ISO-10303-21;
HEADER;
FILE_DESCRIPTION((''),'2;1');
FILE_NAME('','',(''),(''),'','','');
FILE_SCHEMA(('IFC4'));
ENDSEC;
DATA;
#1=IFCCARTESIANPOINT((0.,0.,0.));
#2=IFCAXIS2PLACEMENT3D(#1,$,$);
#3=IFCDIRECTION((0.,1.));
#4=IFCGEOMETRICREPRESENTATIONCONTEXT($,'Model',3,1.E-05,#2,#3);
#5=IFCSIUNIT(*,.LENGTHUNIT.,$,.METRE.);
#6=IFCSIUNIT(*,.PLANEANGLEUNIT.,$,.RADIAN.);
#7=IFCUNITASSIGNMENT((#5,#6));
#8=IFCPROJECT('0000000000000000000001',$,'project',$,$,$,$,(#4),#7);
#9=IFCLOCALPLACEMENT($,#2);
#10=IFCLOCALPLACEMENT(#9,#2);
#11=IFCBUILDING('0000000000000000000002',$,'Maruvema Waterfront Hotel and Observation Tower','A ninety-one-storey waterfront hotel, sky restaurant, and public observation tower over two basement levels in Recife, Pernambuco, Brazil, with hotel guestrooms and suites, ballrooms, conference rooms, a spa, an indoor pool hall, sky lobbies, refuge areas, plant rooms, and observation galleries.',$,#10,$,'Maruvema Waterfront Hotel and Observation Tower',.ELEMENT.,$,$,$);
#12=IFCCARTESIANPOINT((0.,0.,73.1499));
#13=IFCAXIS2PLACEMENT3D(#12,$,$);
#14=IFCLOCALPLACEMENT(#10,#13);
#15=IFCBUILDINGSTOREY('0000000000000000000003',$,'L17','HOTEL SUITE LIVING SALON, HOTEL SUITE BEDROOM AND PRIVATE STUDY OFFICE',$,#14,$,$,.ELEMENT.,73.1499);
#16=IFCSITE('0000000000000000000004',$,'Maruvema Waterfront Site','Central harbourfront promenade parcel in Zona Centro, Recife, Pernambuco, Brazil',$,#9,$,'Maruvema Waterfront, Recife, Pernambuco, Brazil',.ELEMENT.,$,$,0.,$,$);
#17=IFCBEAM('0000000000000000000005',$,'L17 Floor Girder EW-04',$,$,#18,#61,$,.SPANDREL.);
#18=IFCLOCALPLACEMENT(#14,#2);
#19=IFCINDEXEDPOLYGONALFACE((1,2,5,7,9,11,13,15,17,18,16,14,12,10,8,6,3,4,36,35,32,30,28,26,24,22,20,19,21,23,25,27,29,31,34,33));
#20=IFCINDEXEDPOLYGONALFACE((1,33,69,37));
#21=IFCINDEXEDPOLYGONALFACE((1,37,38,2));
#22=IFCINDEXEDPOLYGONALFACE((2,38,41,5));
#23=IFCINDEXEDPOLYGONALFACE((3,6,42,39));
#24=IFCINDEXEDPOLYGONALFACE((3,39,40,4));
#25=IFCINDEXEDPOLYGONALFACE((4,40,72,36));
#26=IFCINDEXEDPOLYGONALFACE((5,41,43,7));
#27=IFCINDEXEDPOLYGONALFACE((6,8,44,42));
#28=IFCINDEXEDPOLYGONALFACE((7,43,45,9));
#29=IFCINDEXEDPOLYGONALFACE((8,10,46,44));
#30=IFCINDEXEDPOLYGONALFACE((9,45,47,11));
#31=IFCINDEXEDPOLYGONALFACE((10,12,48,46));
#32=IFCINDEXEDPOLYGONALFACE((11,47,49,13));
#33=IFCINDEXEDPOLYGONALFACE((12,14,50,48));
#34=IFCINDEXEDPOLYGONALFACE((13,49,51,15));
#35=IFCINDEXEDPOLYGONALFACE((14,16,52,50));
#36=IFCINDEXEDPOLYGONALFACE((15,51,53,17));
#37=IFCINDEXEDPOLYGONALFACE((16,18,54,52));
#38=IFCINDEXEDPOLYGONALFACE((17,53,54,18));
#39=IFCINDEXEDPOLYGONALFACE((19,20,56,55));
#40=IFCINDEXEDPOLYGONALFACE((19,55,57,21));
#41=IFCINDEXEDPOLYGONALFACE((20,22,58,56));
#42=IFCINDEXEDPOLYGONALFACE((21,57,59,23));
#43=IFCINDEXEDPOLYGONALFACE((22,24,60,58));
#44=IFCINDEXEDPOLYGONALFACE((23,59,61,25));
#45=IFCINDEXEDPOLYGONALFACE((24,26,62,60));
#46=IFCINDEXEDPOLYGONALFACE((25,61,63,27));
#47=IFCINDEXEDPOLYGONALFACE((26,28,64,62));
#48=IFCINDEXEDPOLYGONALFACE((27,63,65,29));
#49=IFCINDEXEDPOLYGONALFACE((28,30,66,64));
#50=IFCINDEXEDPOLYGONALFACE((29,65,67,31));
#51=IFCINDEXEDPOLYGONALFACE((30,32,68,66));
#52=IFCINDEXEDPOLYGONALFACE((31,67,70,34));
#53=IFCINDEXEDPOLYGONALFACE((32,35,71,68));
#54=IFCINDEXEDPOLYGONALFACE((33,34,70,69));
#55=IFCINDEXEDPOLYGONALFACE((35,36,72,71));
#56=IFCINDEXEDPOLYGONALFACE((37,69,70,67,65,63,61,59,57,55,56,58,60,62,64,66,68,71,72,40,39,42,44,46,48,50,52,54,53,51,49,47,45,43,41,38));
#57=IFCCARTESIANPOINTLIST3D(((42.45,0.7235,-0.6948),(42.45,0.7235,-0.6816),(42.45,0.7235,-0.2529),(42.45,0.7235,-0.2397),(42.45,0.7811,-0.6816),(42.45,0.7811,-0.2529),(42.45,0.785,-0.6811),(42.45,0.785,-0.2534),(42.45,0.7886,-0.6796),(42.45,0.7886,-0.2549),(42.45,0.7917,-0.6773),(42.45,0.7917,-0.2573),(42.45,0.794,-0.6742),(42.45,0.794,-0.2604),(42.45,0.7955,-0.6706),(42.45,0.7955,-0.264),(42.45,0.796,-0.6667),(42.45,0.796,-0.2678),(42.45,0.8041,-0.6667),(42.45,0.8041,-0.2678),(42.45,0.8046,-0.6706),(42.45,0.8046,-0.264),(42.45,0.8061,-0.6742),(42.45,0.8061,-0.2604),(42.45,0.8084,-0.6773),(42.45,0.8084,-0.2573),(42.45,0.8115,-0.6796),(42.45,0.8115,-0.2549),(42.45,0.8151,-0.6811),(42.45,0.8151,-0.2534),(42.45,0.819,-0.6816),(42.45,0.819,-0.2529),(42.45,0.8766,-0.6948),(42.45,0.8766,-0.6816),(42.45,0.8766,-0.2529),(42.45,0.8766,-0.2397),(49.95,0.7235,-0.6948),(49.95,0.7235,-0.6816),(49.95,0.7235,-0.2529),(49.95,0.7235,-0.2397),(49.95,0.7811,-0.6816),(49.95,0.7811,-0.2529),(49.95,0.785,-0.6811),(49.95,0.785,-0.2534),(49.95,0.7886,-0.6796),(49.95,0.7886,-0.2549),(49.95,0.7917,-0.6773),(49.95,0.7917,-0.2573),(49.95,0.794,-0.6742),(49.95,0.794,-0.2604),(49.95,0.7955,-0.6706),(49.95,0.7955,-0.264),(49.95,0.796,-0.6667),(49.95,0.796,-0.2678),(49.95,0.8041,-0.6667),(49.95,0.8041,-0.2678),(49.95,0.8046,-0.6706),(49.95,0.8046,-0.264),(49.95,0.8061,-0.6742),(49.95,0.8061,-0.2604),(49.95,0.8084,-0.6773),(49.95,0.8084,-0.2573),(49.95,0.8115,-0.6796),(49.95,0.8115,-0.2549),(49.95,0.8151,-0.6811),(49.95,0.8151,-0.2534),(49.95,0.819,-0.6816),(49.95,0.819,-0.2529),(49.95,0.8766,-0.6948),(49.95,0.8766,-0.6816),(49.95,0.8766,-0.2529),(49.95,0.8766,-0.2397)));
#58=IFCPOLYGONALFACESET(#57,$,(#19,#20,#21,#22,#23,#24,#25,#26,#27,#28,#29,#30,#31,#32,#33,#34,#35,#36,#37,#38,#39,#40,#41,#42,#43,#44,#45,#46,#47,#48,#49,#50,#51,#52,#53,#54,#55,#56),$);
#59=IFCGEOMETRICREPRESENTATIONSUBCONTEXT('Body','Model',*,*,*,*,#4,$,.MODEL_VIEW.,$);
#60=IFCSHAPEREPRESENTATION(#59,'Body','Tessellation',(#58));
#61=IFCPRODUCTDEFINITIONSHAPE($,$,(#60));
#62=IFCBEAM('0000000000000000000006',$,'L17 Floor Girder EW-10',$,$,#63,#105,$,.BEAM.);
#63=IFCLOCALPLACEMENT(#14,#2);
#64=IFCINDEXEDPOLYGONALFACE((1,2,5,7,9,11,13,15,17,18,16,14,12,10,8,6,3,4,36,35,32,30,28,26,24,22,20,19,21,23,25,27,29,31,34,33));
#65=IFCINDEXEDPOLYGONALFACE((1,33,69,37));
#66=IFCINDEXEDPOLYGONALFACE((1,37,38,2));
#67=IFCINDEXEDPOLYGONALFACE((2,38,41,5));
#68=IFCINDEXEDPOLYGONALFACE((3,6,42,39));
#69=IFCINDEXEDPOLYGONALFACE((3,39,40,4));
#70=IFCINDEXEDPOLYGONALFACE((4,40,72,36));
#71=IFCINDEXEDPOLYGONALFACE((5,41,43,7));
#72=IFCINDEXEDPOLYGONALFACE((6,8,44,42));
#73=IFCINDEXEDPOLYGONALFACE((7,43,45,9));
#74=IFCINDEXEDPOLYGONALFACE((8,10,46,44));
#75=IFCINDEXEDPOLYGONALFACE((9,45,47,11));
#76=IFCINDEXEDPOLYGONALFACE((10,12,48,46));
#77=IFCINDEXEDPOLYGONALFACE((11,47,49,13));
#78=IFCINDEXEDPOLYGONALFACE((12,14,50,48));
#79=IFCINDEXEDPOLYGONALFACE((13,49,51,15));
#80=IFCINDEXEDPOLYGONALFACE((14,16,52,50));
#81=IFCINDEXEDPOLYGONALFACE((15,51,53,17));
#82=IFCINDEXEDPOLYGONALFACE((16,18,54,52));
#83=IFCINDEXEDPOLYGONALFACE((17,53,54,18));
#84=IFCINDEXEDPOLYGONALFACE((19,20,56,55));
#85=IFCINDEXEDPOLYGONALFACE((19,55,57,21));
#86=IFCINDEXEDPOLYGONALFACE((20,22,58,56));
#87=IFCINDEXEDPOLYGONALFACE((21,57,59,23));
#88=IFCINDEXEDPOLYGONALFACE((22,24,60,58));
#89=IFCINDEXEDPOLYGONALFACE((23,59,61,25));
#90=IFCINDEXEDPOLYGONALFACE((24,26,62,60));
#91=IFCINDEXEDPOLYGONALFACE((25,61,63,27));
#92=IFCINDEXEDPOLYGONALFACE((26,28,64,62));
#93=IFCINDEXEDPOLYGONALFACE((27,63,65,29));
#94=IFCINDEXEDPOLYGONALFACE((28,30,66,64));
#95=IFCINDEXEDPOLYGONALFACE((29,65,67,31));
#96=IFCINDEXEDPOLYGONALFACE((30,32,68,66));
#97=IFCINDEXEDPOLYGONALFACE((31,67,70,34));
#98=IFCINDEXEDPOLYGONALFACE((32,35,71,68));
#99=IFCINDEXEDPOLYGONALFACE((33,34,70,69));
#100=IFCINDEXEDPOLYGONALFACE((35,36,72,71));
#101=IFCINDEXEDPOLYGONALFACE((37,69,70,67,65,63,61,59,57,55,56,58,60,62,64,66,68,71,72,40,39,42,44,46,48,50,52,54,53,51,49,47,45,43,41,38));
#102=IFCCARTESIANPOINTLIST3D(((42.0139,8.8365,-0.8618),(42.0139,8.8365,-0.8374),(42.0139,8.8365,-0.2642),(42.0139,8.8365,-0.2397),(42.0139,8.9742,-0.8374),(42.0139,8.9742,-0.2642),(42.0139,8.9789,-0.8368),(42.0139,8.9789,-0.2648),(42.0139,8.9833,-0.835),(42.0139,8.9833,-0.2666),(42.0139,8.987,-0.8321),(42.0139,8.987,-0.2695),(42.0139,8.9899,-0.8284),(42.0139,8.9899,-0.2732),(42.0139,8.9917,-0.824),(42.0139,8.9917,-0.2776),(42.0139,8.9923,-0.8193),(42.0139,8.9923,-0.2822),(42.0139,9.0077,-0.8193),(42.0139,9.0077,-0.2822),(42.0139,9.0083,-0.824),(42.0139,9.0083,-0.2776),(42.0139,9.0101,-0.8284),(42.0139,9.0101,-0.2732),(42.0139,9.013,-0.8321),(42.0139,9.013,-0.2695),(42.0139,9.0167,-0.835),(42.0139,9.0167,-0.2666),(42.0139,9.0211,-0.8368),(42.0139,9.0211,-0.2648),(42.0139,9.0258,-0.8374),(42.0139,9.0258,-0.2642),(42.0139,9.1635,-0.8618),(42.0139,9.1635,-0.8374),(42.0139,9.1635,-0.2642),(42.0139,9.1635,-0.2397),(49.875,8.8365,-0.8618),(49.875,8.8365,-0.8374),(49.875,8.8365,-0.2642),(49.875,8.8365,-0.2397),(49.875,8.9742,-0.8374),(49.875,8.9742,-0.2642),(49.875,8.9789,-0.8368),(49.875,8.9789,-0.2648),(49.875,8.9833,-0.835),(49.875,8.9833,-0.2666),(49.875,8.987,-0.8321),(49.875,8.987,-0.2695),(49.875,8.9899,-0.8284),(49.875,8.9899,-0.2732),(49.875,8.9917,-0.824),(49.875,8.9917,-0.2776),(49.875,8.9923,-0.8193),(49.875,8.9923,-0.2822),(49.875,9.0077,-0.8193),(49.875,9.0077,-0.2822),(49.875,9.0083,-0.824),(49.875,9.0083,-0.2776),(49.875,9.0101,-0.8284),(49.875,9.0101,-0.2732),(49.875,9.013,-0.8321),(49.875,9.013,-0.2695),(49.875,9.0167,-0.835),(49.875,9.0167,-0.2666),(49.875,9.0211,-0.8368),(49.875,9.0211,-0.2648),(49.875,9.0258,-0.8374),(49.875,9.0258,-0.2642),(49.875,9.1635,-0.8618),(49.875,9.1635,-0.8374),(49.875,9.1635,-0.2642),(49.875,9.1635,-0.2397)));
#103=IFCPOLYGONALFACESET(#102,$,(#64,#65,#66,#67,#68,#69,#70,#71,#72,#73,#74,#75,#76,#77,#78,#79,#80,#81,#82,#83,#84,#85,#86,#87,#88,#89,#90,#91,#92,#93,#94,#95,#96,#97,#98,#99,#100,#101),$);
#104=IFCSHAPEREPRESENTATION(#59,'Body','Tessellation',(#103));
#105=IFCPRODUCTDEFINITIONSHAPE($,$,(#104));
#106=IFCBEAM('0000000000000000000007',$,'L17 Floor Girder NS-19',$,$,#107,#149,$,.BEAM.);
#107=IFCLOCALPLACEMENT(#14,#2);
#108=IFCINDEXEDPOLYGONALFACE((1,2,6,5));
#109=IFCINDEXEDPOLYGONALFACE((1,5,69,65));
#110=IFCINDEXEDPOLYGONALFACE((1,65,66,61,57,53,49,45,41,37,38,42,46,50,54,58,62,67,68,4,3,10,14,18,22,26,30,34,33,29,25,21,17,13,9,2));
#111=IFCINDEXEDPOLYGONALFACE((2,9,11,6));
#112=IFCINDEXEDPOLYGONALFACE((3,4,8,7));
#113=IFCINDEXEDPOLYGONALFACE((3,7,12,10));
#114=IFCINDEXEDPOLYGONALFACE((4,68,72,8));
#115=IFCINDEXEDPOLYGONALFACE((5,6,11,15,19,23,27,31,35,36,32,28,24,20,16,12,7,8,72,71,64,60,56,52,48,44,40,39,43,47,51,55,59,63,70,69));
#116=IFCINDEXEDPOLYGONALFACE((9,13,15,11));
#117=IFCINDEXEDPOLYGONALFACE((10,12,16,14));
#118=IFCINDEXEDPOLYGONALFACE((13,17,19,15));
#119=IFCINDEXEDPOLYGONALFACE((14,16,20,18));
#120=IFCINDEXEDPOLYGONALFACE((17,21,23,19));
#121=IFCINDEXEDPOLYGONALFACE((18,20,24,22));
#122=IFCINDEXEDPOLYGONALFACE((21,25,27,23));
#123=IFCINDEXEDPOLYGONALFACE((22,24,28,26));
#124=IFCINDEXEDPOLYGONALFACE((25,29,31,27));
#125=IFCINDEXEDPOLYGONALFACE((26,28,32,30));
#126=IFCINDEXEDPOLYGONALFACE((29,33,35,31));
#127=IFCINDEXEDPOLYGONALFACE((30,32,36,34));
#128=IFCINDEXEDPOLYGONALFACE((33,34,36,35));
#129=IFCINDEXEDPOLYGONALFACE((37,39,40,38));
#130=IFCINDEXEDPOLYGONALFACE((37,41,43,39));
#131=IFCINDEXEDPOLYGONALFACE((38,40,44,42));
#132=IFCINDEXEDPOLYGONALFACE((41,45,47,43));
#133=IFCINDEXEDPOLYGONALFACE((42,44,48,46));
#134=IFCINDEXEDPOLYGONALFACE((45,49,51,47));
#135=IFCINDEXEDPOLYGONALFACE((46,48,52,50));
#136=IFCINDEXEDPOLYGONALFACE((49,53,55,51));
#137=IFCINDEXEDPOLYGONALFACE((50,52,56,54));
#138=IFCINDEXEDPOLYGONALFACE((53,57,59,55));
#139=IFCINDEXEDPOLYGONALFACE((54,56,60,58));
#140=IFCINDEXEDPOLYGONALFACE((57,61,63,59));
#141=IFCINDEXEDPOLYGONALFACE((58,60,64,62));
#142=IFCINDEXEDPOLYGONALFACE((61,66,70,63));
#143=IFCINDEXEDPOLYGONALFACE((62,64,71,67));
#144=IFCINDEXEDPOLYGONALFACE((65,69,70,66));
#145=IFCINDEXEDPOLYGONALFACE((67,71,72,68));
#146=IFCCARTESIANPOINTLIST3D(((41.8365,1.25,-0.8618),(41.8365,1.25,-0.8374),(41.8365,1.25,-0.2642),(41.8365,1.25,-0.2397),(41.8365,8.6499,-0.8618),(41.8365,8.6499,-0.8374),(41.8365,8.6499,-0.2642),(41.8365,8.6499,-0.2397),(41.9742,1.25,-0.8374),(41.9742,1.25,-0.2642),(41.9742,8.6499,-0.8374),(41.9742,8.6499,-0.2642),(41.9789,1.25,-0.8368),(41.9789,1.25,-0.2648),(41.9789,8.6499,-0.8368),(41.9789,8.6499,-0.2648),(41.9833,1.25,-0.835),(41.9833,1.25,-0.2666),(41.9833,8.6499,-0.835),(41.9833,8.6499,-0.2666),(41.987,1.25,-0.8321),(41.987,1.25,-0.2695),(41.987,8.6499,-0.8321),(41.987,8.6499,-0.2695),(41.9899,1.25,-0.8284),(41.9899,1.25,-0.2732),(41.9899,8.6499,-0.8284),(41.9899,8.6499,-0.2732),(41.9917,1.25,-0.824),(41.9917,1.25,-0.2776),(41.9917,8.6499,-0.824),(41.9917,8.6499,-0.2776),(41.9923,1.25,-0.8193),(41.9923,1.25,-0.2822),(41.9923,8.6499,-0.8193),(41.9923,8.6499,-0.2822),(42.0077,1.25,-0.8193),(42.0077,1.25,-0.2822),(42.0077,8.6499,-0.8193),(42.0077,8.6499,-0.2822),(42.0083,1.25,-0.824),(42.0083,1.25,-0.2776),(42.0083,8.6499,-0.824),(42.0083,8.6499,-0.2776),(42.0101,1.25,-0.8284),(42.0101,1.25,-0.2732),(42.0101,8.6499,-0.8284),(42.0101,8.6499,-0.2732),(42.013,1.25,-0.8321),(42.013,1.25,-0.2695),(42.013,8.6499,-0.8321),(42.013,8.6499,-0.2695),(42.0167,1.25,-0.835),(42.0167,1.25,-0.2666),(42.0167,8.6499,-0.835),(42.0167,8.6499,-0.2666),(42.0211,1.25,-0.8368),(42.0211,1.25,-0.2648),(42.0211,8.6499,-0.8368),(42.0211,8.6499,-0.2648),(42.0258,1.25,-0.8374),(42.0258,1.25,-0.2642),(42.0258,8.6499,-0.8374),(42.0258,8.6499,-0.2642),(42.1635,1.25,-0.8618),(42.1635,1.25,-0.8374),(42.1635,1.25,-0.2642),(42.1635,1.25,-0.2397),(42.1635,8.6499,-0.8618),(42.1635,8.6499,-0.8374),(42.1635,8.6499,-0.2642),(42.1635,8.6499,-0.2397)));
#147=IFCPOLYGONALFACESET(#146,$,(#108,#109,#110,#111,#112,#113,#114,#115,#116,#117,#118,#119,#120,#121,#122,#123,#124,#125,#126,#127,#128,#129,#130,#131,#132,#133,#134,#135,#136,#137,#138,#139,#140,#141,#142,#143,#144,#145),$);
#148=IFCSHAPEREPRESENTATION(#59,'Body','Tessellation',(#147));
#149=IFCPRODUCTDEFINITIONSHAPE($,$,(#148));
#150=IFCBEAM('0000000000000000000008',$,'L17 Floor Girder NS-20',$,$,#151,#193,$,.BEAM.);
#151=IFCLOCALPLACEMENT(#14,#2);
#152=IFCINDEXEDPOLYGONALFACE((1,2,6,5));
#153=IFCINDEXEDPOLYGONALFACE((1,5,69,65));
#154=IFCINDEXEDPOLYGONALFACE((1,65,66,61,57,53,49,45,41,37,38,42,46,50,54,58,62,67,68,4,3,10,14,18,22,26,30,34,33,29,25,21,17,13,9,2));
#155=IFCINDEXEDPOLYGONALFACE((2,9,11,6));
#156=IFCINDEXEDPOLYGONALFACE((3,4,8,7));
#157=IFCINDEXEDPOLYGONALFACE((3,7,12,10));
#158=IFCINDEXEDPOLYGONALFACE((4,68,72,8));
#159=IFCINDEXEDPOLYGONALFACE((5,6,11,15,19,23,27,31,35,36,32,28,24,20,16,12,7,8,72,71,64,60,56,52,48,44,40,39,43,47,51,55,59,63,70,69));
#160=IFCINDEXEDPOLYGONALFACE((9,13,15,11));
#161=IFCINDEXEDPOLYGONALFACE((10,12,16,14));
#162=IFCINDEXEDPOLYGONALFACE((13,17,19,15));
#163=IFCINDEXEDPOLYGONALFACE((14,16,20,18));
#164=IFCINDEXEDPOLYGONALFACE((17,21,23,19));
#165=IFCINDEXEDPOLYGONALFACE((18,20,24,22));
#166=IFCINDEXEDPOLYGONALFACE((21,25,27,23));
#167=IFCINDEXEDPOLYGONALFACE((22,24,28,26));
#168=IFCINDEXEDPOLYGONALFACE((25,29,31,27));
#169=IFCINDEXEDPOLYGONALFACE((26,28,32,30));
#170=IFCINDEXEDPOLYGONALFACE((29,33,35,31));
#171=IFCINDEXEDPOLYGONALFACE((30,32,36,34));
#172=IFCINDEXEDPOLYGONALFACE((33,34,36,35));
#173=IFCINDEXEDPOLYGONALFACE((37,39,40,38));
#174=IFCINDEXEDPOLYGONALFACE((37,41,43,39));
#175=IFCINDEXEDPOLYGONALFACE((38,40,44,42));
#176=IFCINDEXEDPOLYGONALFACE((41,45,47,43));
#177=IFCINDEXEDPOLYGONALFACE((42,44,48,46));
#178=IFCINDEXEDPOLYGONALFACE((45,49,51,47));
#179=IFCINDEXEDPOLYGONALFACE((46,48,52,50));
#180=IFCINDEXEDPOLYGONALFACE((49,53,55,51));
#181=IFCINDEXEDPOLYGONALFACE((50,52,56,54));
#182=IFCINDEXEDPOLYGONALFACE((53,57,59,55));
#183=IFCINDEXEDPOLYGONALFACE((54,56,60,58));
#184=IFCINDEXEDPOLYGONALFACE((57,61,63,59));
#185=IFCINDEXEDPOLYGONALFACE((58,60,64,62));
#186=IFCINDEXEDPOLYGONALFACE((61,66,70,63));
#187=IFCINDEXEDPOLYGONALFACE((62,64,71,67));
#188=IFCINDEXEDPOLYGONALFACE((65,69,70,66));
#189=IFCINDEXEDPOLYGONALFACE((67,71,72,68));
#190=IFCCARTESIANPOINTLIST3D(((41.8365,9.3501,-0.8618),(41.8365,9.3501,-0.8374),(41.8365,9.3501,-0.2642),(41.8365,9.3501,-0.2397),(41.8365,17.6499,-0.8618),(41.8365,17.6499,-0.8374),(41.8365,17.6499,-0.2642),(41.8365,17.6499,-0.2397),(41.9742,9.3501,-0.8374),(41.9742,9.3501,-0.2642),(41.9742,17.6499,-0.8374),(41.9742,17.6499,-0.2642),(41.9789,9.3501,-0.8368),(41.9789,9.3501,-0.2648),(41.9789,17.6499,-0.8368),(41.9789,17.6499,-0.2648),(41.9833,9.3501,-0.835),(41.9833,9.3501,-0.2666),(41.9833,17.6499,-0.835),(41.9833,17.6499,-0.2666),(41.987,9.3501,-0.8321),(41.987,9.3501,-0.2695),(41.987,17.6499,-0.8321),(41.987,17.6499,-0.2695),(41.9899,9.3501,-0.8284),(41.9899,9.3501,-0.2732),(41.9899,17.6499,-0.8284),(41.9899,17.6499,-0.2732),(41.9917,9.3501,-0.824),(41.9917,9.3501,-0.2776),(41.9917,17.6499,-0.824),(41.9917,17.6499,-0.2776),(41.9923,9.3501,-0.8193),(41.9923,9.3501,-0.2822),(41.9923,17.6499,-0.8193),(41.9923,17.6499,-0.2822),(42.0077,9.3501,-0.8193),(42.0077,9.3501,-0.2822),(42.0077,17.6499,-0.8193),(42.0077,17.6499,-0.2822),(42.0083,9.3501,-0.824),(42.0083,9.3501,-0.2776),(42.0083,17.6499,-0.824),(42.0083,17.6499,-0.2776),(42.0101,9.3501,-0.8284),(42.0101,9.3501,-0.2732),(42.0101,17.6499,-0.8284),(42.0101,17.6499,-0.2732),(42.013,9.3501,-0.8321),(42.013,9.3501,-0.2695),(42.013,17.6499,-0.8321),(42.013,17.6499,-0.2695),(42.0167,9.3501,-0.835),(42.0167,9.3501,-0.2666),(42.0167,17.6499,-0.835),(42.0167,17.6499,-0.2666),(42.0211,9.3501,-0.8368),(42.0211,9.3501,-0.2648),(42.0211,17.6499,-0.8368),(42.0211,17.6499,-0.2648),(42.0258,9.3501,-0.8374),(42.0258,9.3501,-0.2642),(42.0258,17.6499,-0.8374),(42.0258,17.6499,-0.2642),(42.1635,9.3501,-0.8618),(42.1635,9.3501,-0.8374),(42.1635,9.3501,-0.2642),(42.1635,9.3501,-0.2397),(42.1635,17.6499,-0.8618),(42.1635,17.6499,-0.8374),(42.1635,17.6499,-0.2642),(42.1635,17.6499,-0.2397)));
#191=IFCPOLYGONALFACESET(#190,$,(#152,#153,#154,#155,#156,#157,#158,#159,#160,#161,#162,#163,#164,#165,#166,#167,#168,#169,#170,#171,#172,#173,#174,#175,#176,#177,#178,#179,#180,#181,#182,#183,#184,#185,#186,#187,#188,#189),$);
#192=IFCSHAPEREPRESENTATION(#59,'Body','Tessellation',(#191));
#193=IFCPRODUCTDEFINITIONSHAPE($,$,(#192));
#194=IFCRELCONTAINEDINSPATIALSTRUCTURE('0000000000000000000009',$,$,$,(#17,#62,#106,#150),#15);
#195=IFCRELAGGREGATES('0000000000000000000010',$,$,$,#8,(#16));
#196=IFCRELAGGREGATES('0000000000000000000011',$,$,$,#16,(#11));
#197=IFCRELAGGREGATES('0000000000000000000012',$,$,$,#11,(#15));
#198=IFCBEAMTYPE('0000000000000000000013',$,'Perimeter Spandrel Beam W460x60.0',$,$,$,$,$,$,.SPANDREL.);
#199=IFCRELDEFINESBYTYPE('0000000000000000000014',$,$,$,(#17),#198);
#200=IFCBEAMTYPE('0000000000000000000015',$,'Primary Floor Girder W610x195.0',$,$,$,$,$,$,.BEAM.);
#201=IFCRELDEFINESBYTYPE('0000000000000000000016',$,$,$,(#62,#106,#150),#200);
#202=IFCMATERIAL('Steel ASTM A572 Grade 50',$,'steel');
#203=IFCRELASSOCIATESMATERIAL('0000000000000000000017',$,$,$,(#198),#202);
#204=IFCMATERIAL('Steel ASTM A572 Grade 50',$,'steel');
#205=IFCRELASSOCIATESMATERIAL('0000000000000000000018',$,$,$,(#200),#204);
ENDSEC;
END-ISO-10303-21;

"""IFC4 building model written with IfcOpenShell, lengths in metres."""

from ifc_helpers import new_model, si_unit, direction, frame, origin, origin_2d, place, context, subcontext, project, spatial, i_section, extrude, material, material_profile, profile_set, type_object, element, save


model = new_model("IFC4")

# Units and contexts
model_context = context("Model", 3, precision=1e-05, world=origin(), true_north=direction((0.0, 1.0)))
body_context = subcontext(model_context, "Body", "Model", "MODEL_VIEW")
ifc_project = project(units=[si_unit("LENGTHUNIT", "METRE"), si_unit("PLANEANGLEUNIT", "RADIAN")], contexts=[model_context])

# Site, building, storey
site_placement = place(None, origin())
site = spatial("IfcSite", under=ifc_project, at=site_placement, Name="Maruvema Waterfront Site", Description="Central harbourfront promenade parcel in Zona Centro, Recife, Pernambuco, Brazil", LongName="Maruvema Waterfront, Recife, Pernambuco, Brazil", CompositionType="ELEMENT", RefElevation=0.0)
building_placement = place(site_placement, origin())
building = spatial("IfcBuilding", under=site, at=building_placement, Name="Maruvema Waterfront Hotel and Observation Tower", Description="A ninety-one-storey waterfront hotel, sky restaurant, and public observation tower over two basement levels in Recife, Pernambuco, Brazil, with hotel guestrooms and suites, ballrooms, conference rooms, a spa, an indoor pool hall, sky lobbies, refuge areas, plant rooms, and observation galleries.", LongName="Maruvema Waterfront Hotel and Observation Tower", CompositionType="ELEMENT")
storey_placement = place(building_placement, frame((0.0, 0.0, 73.1499)))
storey = spatial("IfcBuildingStorey", under=building, at=storey_placement, Name="L17", Description="HOTEL SUITE LIVING SALON, HOTEL SUITE BEDROOM AND PRIVATE STUDY OFFICE", CompositionType="ELEMENT", Elevation=73.1499)

# Beams
ifc_material_1 = material(Name="Steel ASTM A572 Grade 50", Category="steel")
ifc_material_profile_1 = material_profile(ifc_material_1, i_section(OverallWidth=0.1531, OverallDepth=0.4551, WebThickness=0.0081, FlangeThickness=0.0132, FilletRadius=0.0149, at=origin_2d()), Name="W460x60.0")
ifc_profile_set_1 = profile_set([ifc_material_profile_1], Name="Steel ASTM A572 Grade 50")
beam_type_1 = type_object("IfcBeamType", Name="Perimeter Spandrel Beam W460x60.0", PredefinedType="SPANDREL", material=ifc_profile_set_1)
beam_1_placement = place(storey_placement, frame((42.45, 0.8, -0.4673), z_axis=(1.0, 0.0, 0.0), x_axis=(0.0, 1.0, 0.0)))
element("IfcBeam", 1, at=beam_1_placement, inside=storey, type_object=beam_type_1, Name="L17 Floor Girder EW-04", PredefinedType="SPANDREL", context=body_context, shape_type="SweptSolid", body=[
    extrude(i_section(OverallWidth=0.1531, OverallDepth=0.4551, WebThickness=0.0081, FlangeThickness=0.0132, FilletRadius=0.0149, at=origin_2d()), origin(), (0.0, 0.0, 1.0), 7.5),
])
ifc_material_2 = material(Name="Steel ASTM A572 Grade 50", Category="steel")
ifc_material_profile_2 = material_profile(ifc_material_2, i_section(OverallWidth=0.3269, OverallDepth=0.6221, WebThickness=0.0154, FlangeThickness=0.0244, FilletRadius=0.0181, at=origin_2d()), Name="W610x195.0")
ifc_profile_set_2 = profile_set([ifc_material_profile_2], Name="Steel ASTM A572 Grade 50")
beam_type_2 = type_object("IfcBeamType", Name="Primary Floor Girder W610x195.0", PredefinedType="BEAM", material=ifc_profile_set_2)
beam_2_placement = place(storey_placement, frame((42.0139, 9.0, -0.5508), z_axis=(1.0, 0.0, 0.0), x_axis=(0.0, 1.0, 0.0)))
element("IfcBeam", 2, at=beam_2_placement, inside=storey, type_object=beam_type_2, Name="L17 Floor Girder EW-10", PredefinedType="BEAM", context=body_context, shape_type="SweptSolid", body=[
    extrude(i_section(OverallWidth=0.3269, OverallDepth=0.6221, WebThickness=0.0154, FlangeThickness=0.0244, FilletRadius=0.0181, at=origin_2d()), origin(), (0.0, 0.0, 1.0), 7.8611),
])
beam_3_placement = place(storey_placement, frame((42.0, 1.25, -0.5508), z_axis=(0.0, 1.0, 0.0), x_axis=(-1.0, 0.0, 0.0)))
element("IfcBeam", 3, at=beam_3_placement, inside=storey, type_object=beam_type_2, Name="L17 Floor Girder NS-19", PredefinedType="BEAM", context=body_context, shape_type="SweptSolid", body=[
    extrude(i_section(OverallWidth=0.3269, OverallDepth=0.6221, WebThickness=0.0154, FlangeThickness=0.0244, FilletRadius=0.0181, at=origin_2d()), origin(), (0.0, 0.0, 1.0), 7.3999),
])
beam_4_placement = place(storey_placement, frame((42.0, 9.3501, -0.5508), z_axis=(0.0, 1.0, 0.0), x_axis=(-1.0, 0.0, 0.0)))
element("IfcBeam", 4, at=beam_4_placement, inside=storey, type_object=beam_type_2, Name="L17 Floor Girder NS-20", PredefinedType="BEAM", context=body_context, shape_type="SweptSolid", body=[
    extrude(i_section(OverallWidth=0.3269, OverallDepth=0.6221, WebThickness=0.0154, FlangeThickness=0.0244, FilletRadius=0.0181, at=origin_2d()), origin(), (0.0, 0.0, 1.0), 8.2998),
])

save(model, "model.ifc")
